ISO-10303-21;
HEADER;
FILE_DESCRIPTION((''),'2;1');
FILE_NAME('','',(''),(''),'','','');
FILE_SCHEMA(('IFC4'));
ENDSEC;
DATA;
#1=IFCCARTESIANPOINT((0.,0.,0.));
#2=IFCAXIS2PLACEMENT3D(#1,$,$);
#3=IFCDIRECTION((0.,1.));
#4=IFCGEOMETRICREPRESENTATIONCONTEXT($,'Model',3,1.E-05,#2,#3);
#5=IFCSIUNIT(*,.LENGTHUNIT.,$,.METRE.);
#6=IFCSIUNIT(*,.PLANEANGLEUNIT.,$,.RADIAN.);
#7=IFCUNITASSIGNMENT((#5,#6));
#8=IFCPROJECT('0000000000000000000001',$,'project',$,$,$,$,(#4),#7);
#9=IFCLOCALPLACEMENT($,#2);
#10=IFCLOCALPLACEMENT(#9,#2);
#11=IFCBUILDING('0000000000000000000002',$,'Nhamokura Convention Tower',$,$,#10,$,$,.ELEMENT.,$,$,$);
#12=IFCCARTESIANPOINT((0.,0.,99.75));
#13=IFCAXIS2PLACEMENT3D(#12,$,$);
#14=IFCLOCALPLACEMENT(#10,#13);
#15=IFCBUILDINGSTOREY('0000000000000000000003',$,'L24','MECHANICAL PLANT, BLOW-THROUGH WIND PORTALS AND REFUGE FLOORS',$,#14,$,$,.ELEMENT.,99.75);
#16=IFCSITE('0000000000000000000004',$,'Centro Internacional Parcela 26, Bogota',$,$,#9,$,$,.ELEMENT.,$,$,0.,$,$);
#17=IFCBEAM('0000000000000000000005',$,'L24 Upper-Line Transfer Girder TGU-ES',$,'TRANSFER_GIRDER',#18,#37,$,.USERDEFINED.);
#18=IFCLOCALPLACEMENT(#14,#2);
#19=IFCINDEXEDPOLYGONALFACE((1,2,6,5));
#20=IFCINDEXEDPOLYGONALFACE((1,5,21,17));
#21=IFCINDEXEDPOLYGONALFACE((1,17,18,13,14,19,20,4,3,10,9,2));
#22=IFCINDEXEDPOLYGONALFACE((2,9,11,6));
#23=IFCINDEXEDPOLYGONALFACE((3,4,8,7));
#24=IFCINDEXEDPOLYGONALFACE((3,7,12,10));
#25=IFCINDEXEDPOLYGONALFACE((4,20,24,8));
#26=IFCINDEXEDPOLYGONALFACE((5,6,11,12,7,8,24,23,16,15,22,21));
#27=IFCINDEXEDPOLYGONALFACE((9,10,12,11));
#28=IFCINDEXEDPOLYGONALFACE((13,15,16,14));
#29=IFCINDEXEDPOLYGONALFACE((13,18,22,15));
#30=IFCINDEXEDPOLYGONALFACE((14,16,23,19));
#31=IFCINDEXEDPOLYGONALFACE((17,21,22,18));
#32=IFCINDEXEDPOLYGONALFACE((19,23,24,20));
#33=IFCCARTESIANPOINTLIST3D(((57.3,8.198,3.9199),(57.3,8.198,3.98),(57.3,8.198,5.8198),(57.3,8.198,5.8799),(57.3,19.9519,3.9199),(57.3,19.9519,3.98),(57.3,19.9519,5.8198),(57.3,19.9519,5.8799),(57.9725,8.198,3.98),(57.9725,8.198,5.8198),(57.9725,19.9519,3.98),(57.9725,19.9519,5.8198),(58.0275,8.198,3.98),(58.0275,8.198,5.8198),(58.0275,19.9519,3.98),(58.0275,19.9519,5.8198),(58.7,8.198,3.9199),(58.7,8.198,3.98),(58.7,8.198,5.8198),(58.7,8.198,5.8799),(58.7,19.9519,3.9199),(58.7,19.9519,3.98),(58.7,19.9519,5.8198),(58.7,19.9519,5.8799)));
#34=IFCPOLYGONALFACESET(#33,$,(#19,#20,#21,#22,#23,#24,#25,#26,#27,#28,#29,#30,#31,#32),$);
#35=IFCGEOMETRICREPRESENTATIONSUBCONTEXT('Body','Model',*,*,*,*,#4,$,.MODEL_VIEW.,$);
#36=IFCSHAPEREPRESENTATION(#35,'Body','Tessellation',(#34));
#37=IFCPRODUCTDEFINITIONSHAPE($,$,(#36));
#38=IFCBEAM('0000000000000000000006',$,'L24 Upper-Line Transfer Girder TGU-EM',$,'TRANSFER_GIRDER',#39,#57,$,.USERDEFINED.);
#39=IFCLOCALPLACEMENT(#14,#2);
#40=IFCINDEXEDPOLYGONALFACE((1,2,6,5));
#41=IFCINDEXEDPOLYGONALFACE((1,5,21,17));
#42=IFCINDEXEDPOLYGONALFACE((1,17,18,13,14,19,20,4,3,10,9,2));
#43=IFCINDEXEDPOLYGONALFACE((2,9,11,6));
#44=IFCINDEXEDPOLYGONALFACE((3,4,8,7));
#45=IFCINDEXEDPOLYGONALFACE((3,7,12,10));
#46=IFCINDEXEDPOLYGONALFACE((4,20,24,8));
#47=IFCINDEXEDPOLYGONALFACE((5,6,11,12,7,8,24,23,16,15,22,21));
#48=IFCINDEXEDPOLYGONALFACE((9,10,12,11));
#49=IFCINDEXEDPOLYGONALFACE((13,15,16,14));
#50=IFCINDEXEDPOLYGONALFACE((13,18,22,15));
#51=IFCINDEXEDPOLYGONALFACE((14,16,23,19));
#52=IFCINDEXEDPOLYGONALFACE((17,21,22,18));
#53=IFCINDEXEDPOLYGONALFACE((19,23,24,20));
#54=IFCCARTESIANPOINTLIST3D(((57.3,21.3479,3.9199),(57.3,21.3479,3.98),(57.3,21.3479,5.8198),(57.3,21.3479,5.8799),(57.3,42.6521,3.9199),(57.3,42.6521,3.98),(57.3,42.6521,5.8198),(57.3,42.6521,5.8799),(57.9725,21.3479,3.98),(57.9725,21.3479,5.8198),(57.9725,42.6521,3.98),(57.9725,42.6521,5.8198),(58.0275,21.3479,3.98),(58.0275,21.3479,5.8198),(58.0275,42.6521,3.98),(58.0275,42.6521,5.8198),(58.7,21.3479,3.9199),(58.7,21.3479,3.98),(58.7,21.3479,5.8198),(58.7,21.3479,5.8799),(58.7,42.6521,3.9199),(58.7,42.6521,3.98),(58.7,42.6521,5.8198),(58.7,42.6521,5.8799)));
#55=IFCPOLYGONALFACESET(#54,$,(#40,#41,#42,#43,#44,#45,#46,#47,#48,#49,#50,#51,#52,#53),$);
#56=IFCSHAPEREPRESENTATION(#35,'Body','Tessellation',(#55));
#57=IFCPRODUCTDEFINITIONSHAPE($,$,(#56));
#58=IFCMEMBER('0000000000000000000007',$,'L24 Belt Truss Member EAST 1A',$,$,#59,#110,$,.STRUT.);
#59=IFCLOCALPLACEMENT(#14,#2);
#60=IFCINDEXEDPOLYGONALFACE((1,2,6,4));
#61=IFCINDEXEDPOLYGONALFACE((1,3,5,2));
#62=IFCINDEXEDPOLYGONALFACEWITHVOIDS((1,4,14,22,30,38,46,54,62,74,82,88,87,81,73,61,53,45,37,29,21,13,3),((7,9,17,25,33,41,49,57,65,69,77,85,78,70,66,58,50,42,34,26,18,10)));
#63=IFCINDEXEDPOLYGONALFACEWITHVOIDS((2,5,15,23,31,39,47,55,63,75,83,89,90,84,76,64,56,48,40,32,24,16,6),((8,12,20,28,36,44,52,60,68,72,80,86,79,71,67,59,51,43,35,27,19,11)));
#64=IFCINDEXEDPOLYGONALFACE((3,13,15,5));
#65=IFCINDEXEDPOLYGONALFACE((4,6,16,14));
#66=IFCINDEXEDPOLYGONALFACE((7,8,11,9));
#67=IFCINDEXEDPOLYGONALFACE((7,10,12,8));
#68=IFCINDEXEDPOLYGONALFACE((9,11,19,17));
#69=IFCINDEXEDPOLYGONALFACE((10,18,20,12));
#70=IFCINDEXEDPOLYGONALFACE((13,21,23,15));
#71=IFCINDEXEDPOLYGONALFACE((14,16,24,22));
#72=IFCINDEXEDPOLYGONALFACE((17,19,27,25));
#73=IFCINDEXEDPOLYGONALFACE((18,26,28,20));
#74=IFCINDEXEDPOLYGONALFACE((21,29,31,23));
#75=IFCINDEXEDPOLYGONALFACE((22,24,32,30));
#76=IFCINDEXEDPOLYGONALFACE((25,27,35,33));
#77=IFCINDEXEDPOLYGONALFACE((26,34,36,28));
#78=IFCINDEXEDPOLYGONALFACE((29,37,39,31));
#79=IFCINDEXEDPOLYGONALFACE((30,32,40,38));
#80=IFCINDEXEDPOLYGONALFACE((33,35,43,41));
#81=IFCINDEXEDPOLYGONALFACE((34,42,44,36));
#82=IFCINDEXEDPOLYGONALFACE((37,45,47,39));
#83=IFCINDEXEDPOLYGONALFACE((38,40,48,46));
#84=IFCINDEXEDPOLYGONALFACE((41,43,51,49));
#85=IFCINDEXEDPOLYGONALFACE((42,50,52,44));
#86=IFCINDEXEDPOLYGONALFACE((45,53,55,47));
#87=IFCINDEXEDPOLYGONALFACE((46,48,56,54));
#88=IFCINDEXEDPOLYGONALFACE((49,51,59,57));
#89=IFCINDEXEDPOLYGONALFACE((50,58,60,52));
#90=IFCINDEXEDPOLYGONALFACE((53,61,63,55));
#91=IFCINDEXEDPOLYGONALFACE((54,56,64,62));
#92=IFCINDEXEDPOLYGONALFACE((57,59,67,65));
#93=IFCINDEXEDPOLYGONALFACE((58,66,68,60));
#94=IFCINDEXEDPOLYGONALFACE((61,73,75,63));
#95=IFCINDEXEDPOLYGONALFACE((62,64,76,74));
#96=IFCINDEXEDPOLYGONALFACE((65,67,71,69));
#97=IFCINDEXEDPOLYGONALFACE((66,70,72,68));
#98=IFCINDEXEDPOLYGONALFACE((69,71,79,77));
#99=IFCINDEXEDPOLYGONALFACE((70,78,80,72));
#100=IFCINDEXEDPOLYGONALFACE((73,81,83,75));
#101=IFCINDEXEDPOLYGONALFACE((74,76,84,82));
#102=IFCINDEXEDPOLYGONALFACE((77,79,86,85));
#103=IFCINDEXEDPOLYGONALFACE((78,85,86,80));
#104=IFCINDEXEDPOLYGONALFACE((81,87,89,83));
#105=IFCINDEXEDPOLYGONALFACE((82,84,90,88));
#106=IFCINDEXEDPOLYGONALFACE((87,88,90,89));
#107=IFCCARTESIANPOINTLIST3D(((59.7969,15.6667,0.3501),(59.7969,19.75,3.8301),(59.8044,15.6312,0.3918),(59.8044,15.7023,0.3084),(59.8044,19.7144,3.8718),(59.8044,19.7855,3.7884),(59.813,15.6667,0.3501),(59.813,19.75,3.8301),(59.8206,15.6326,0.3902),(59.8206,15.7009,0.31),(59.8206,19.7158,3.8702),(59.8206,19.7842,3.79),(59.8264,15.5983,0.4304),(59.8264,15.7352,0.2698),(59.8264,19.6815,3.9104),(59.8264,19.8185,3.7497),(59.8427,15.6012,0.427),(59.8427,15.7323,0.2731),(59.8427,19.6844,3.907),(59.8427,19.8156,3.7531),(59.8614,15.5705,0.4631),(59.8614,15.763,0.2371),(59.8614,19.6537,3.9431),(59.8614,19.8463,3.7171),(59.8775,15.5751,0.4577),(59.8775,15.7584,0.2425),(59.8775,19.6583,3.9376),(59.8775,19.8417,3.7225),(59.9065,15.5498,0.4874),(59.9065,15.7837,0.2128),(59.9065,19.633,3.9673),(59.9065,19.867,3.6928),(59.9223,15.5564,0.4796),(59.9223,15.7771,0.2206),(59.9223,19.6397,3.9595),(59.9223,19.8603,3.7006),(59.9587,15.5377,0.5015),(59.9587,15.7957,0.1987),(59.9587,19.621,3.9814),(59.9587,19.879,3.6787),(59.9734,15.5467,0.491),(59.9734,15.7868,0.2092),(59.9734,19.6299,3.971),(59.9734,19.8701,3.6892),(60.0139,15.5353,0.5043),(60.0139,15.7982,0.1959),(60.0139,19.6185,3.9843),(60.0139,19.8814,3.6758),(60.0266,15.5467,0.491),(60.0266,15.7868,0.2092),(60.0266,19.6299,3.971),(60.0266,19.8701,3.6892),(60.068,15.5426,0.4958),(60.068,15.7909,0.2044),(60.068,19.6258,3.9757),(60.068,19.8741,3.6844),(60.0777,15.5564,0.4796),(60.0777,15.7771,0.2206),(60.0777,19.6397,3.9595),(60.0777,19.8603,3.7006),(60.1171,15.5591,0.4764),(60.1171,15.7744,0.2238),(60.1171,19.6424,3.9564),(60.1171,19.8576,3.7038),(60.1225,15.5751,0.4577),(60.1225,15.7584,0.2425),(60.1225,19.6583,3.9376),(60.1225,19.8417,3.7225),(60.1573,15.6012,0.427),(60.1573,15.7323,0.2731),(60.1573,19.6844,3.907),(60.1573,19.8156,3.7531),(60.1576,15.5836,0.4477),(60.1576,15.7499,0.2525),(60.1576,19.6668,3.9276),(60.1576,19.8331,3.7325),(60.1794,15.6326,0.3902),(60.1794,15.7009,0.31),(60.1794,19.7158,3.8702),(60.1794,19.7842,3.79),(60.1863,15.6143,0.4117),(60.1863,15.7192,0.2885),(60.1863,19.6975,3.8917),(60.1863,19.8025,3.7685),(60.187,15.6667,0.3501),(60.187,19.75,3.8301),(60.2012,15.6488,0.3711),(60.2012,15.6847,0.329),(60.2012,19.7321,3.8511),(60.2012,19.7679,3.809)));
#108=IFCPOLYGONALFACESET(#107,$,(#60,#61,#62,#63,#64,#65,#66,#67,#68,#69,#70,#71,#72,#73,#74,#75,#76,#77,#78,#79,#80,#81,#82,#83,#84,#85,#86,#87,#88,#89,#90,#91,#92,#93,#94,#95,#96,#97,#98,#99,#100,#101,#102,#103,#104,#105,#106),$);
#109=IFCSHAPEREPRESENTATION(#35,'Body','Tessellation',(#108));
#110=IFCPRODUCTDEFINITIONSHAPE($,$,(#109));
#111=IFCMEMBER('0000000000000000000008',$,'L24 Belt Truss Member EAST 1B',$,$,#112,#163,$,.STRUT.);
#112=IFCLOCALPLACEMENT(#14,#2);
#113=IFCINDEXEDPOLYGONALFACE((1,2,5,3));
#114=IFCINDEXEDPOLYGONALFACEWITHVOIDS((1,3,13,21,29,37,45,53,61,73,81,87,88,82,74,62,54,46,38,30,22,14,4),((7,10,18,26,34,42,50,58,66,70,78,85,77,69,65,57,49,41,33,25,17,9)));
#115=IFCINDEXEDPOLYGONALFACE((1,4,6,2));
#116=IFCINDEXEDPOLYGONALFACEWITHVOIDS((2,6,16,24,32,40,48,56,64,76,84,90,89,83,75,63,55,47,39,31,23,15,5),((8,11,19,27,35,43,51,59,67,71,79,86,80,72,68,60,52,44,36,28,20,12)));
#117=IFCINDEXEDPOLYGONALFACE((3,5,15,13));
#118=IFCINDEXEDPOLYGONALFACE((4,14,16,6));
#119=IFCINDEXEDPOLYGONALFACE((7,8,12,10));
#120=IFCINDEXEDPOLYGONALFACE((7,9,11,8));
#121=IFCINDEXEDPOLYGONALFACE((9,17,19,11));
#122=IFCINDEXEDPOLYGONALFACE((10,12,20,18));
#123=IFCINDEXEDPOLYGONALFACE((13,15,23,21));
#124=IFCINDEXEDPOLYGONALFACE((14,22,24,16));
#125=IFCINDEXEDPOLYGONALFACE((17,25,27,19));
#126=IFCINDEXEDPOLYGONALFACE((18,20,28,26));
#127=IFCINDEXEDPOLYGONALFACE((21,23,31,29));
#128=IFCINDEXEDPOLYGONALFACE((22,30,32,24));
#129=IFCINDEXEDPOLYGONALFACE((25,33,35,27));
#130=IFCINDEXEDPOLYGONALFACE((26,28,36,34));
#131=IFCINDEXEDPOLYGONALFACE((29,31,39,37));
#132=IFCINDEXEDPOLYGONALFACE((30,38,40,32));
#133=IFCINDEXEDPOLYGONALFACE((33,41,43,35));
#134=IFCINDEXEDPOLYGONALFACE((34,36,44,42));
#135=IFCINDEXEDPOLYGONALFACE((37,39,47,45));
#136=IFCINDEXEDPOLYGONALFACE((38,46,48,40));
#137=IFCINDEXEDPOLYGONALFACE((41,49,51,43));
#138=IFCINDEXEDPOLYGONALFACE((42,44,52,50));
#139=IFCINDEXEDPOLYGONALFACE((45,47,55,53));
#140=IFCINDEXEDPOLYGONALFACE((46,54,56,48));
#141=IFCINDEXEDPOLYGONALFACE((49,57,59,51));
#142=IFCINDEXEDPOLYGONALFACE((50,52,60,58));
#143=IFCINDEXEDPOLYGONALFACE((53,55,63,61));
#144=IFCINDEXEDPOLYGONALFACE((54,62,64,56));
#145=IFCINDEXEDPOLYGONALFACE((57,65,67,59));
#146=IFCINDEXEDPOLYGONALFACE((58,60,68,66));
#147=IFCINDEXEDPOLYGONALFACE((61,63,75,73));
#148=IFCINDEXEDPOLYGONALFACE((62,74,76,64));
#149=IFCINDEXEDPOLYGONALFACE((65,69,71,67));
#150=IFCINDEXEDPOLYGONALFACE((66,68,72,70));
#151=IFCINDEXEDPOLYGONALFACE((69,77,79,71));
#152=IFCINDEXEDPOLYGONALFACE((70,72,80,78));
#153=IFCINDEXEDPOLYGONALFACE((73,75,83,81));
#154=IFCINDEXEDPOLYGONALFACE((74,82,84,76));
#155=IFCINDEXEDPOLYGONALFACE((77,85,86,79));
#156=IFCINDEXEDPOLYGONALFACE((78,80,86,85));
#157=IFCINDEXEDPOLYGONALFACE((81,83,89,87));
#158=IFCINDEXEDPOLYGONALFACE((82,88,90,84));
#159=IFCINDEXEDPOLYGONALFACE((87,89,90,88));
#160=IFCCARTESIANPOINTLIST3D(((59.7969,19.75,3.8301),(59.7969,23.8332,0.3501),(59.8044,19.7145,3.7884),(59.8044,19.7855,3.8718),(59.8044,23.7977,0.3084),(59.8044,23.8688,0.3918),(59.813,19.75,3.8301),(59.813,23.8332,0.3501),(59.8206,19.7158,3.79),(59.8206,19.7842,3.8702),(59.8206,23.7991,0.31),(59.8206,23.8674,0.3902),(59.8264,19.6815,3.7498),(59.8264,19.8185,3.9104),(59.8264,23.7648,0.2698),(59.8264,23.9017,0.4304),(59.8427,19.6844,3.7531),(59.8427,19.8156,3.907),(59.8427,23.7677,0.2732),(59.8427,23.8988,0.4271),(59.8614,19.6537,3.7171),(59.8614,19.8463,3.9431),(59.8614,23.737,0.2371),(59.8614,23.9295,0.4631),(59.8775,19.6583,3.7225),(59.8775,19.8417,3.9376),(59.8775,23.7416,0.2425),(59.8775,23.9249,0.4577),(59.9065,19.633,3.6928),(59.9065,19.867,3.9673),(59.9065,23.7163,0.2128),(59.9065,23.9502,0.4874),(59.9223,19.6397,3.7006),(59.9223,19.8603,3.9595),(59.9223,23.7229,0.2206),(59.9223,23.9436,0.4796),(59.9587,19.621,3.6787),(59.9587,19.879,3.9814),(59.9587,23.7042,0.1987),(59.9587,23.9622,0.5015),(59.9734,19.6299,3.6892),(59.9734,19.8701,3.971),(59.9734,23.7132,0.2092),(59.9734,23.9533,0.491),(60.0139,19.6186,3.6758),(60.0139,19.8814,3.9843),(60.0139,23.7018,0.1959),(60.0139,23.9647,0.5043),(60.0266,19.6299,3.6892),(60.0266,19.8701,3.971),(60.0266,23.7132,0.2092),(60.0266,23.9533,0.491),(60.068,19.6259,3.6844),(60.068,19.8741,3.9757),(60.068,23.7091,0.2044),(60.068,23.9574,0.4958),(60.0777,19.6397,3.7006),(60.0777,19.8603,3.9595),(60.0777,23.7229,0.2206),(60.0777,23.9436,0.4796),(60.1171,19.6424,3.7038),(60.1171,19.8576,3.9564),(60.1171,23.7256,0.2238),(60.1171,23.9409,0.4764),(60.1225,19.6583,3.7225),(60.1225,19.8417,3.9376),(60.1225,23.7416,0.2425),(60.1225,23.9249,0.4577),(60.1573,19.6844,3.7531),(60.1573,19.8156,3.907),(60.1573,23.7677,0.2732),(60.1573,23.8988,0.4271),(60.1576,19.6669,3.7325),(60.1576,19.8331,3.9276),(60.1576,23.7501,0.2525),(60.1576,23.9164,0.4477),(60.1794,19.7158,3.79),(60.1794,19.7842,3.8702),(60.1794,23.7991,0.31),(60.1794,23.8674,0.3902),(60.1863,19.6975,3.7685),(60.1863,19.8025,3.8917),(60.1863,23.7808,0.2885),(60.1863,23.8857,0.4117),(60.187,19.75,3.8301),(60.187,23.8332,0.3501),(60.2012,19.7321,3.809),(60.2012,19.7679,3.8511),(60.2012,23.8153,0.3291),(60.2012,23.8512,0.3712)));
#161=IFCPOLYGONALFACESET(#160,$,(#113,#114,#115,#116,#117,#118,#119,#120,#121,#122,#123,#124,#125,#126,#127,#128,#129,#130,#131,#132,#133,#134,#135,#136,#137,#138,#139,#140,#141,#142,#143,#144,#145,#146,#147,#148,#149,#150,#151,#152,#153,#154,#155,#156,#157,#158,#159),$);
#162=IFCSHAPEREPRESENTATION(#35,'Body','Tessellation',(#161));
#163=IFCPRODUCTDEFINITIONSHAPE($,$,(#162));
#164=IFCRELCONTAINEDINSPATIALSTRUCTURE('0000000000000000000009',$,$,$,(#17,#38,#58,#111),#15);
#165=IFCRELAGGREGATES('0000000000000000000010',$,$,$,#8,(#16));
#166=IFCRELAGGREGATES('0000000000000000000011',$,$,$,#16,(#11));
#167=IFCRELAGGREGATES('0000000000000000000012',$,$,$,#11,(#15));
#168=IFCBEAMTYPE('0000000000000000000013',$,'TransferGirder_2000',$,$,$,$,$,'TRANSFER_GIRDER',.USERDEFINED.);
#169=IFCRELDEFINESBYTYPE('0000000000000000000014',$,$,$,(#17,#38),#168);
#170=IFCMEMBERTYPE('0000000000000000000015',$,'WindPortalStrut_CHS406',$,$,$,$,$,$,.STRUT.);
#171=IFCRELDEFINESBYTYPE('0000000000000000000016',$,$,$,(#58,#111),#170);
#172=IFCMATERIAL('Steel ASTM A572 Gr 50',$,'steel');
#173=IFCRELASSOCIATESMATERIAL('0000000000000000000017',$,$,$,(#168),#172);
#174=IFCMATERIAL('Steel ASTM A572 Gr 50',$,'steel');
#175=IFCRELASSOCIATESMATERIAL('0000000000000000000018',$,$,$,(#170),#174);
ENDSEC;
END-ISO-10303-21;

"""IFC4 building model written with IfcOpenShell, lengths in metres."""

from ifc_helpers import new_model, si_unit, direction, frame, origin, origin_2d, place, context, subcontext, project, spatial, hollow_circle, i_section, extrude, material, material_profile, profile_set, type_object, element, save


model = new_model("IFC4")

# Units and contexts
model_context = context("Model", 3, precision=1e-05, world=origin(), true_north=direction((0.0, 1.0)))
body_context = subcontext(model_context, "Body", "Model", "MODEL_VIEW")
ifc_project = project(units=[si_unit("LENGTHUNIT", "METRE"), si_unit("PLANEANGLEUNIT", "RADIAN")], contexts=[model_context])

# Site, building, storey
site_placement = place(None, origin())
site = spatial("IfcSite", under=ifc_project, at=site_placement, Name="Centro Internacional Parcela 26, Bogota", CompositionType="ELEMENT", RefElevation=0.0)
building_placement = place(site_placement, origin())
building = spatial("IfcBuilding", under=site, at=building_placement, Name="Nhamokura Convention Tower", CompositionType="ELEMENT")
storey_placement = place(building_placement, frame((0.0, 0.0, 99.75)))
storey = spatial("IfcBuildingStorey", under=building, at=storey_placement, Name="L24", Description="MECHANICAL PLANT, BLOW-THROUGH WIND PORTALS AND REFUGE FLOORS", CompositionType="ELEMENT", Elevation=99.75)

# Beams
ifc_material_1 = material(Name="Steel ASTM A572 Gr 50", Category="steel")
ifc_material_profile_1 = material_profile(ifc_material_1, i_section(OverallWidth=1.3999, OverallDepth=1.96, WebThickness=0.0549, FlangeThickness=0.0601, at=origin_2d()))
ifc_profile_set_1 = profile_set([ifc_material_profile_1], Name="Steel ASTM A572 Gr 50")
beam_type_1 = type_object("IfcBeamType", Name="TransferGirder_2000", ElementType="TRANSFER_GIRDER", PredefinedType="USERDEFINED", material=ifc_profile_set_1)
beam_1_placement = place(storey_placement, frame((58.0, 8.198, 4.8999), z_axis=(0.0, 1.0, 0.0), x_axis=(-1.0, 0.0, 0.0)))
element("IfcBeam", 1, at=beam_1_placement, inside=storey, type_object=beam_type_1, Name="L24 Upper-Line Transfer Girder TGU-ES", ObjectType="TRANSFER_GIRDER", PredefinedType="USERDEFINED", context=body_context, shape_type="SweptSolid", body=[
    extrude(i_section(OverallWidth=1.3999, OverallDepth=1.96, WebThickness=0.0549, FlangeThickness=0.0601, at=origin_2d()), origin(), (0.0, 0.0, 1.0), 11.7539),
])
beam_2_placement = place(storey_placement, frame((58.0, 21.3479, 4.8999), z_axis=(0.0, 1.0, 0.0), x_axis=(-1.0, 0.0, 0.0)))
element("IfcBeam", 2, at=beam_2_placement, inside=storey, type_object=beam_type_1, Name="L24 Upper-Line Transfer Girder TGU-EM", ObjectType="TRANSFER_GIRDER", PredefinedType="USERDEFINED", context=body_context, shape_type="SweptSolid", body=[
    extrude(i_section(OverallWidth=1.3999, OverallDepth=1.96, WebThickness=0.0549, FlangeThickness=0.0601, at=origin_2d()), origin(), (0.0, 0.0, 1.0), 21.3042),
])

# Members
ifc_material_2 = material(Name="Steel ASTM A572 Gr 50", Category="steel")
ifc_material_profile_2 = material_profile(ifc_material_2, hollow_circle(Radius=0.2031, WallThickness=0.0161, at=origin_2d()))
ifc_profile_set_2 = profile_set([ifc_material_profile_2], Name="Steel ASTM A572 Gr 50")
member_type_1 = type_object("IfcMemberType", Name="WindPortalStrut_CHS406", PredefinedType="STRUT", material=ifc_profile_set_2)
for number, where, z_axis, x_axis, name in (
    (3, (60.0, 15.6667, 0.3501), (0.0, 0.761091, 0.648645), (-1.0, 0.0, 0.0), "L24 Belt Truss Member EAST 1A"),
    (4, (60.0, 19.75, 3.8301), (0.0, 0.761091, -0.648645), (-1.0, 0.0, 0.0), "L24 Belt Truss Member EAST 1B"),
):
    element("IfcMember", number, at=place(storey_placement, frame(where, z_axis=z_axis, x_axis=x_axis)), inside=storey, type_object=member_type_1, Name=name, PredefinedType="STRUT", context=body_context, shape_type="SweptSolid", body=[
        extrude(hollow_circle(Radius=0.2031, WallThickness=0.0161, at=origin_2d()), origin(), (0.0, 0.0, 1.0), 5.365),
    ])

save(model, "model.ifc")
